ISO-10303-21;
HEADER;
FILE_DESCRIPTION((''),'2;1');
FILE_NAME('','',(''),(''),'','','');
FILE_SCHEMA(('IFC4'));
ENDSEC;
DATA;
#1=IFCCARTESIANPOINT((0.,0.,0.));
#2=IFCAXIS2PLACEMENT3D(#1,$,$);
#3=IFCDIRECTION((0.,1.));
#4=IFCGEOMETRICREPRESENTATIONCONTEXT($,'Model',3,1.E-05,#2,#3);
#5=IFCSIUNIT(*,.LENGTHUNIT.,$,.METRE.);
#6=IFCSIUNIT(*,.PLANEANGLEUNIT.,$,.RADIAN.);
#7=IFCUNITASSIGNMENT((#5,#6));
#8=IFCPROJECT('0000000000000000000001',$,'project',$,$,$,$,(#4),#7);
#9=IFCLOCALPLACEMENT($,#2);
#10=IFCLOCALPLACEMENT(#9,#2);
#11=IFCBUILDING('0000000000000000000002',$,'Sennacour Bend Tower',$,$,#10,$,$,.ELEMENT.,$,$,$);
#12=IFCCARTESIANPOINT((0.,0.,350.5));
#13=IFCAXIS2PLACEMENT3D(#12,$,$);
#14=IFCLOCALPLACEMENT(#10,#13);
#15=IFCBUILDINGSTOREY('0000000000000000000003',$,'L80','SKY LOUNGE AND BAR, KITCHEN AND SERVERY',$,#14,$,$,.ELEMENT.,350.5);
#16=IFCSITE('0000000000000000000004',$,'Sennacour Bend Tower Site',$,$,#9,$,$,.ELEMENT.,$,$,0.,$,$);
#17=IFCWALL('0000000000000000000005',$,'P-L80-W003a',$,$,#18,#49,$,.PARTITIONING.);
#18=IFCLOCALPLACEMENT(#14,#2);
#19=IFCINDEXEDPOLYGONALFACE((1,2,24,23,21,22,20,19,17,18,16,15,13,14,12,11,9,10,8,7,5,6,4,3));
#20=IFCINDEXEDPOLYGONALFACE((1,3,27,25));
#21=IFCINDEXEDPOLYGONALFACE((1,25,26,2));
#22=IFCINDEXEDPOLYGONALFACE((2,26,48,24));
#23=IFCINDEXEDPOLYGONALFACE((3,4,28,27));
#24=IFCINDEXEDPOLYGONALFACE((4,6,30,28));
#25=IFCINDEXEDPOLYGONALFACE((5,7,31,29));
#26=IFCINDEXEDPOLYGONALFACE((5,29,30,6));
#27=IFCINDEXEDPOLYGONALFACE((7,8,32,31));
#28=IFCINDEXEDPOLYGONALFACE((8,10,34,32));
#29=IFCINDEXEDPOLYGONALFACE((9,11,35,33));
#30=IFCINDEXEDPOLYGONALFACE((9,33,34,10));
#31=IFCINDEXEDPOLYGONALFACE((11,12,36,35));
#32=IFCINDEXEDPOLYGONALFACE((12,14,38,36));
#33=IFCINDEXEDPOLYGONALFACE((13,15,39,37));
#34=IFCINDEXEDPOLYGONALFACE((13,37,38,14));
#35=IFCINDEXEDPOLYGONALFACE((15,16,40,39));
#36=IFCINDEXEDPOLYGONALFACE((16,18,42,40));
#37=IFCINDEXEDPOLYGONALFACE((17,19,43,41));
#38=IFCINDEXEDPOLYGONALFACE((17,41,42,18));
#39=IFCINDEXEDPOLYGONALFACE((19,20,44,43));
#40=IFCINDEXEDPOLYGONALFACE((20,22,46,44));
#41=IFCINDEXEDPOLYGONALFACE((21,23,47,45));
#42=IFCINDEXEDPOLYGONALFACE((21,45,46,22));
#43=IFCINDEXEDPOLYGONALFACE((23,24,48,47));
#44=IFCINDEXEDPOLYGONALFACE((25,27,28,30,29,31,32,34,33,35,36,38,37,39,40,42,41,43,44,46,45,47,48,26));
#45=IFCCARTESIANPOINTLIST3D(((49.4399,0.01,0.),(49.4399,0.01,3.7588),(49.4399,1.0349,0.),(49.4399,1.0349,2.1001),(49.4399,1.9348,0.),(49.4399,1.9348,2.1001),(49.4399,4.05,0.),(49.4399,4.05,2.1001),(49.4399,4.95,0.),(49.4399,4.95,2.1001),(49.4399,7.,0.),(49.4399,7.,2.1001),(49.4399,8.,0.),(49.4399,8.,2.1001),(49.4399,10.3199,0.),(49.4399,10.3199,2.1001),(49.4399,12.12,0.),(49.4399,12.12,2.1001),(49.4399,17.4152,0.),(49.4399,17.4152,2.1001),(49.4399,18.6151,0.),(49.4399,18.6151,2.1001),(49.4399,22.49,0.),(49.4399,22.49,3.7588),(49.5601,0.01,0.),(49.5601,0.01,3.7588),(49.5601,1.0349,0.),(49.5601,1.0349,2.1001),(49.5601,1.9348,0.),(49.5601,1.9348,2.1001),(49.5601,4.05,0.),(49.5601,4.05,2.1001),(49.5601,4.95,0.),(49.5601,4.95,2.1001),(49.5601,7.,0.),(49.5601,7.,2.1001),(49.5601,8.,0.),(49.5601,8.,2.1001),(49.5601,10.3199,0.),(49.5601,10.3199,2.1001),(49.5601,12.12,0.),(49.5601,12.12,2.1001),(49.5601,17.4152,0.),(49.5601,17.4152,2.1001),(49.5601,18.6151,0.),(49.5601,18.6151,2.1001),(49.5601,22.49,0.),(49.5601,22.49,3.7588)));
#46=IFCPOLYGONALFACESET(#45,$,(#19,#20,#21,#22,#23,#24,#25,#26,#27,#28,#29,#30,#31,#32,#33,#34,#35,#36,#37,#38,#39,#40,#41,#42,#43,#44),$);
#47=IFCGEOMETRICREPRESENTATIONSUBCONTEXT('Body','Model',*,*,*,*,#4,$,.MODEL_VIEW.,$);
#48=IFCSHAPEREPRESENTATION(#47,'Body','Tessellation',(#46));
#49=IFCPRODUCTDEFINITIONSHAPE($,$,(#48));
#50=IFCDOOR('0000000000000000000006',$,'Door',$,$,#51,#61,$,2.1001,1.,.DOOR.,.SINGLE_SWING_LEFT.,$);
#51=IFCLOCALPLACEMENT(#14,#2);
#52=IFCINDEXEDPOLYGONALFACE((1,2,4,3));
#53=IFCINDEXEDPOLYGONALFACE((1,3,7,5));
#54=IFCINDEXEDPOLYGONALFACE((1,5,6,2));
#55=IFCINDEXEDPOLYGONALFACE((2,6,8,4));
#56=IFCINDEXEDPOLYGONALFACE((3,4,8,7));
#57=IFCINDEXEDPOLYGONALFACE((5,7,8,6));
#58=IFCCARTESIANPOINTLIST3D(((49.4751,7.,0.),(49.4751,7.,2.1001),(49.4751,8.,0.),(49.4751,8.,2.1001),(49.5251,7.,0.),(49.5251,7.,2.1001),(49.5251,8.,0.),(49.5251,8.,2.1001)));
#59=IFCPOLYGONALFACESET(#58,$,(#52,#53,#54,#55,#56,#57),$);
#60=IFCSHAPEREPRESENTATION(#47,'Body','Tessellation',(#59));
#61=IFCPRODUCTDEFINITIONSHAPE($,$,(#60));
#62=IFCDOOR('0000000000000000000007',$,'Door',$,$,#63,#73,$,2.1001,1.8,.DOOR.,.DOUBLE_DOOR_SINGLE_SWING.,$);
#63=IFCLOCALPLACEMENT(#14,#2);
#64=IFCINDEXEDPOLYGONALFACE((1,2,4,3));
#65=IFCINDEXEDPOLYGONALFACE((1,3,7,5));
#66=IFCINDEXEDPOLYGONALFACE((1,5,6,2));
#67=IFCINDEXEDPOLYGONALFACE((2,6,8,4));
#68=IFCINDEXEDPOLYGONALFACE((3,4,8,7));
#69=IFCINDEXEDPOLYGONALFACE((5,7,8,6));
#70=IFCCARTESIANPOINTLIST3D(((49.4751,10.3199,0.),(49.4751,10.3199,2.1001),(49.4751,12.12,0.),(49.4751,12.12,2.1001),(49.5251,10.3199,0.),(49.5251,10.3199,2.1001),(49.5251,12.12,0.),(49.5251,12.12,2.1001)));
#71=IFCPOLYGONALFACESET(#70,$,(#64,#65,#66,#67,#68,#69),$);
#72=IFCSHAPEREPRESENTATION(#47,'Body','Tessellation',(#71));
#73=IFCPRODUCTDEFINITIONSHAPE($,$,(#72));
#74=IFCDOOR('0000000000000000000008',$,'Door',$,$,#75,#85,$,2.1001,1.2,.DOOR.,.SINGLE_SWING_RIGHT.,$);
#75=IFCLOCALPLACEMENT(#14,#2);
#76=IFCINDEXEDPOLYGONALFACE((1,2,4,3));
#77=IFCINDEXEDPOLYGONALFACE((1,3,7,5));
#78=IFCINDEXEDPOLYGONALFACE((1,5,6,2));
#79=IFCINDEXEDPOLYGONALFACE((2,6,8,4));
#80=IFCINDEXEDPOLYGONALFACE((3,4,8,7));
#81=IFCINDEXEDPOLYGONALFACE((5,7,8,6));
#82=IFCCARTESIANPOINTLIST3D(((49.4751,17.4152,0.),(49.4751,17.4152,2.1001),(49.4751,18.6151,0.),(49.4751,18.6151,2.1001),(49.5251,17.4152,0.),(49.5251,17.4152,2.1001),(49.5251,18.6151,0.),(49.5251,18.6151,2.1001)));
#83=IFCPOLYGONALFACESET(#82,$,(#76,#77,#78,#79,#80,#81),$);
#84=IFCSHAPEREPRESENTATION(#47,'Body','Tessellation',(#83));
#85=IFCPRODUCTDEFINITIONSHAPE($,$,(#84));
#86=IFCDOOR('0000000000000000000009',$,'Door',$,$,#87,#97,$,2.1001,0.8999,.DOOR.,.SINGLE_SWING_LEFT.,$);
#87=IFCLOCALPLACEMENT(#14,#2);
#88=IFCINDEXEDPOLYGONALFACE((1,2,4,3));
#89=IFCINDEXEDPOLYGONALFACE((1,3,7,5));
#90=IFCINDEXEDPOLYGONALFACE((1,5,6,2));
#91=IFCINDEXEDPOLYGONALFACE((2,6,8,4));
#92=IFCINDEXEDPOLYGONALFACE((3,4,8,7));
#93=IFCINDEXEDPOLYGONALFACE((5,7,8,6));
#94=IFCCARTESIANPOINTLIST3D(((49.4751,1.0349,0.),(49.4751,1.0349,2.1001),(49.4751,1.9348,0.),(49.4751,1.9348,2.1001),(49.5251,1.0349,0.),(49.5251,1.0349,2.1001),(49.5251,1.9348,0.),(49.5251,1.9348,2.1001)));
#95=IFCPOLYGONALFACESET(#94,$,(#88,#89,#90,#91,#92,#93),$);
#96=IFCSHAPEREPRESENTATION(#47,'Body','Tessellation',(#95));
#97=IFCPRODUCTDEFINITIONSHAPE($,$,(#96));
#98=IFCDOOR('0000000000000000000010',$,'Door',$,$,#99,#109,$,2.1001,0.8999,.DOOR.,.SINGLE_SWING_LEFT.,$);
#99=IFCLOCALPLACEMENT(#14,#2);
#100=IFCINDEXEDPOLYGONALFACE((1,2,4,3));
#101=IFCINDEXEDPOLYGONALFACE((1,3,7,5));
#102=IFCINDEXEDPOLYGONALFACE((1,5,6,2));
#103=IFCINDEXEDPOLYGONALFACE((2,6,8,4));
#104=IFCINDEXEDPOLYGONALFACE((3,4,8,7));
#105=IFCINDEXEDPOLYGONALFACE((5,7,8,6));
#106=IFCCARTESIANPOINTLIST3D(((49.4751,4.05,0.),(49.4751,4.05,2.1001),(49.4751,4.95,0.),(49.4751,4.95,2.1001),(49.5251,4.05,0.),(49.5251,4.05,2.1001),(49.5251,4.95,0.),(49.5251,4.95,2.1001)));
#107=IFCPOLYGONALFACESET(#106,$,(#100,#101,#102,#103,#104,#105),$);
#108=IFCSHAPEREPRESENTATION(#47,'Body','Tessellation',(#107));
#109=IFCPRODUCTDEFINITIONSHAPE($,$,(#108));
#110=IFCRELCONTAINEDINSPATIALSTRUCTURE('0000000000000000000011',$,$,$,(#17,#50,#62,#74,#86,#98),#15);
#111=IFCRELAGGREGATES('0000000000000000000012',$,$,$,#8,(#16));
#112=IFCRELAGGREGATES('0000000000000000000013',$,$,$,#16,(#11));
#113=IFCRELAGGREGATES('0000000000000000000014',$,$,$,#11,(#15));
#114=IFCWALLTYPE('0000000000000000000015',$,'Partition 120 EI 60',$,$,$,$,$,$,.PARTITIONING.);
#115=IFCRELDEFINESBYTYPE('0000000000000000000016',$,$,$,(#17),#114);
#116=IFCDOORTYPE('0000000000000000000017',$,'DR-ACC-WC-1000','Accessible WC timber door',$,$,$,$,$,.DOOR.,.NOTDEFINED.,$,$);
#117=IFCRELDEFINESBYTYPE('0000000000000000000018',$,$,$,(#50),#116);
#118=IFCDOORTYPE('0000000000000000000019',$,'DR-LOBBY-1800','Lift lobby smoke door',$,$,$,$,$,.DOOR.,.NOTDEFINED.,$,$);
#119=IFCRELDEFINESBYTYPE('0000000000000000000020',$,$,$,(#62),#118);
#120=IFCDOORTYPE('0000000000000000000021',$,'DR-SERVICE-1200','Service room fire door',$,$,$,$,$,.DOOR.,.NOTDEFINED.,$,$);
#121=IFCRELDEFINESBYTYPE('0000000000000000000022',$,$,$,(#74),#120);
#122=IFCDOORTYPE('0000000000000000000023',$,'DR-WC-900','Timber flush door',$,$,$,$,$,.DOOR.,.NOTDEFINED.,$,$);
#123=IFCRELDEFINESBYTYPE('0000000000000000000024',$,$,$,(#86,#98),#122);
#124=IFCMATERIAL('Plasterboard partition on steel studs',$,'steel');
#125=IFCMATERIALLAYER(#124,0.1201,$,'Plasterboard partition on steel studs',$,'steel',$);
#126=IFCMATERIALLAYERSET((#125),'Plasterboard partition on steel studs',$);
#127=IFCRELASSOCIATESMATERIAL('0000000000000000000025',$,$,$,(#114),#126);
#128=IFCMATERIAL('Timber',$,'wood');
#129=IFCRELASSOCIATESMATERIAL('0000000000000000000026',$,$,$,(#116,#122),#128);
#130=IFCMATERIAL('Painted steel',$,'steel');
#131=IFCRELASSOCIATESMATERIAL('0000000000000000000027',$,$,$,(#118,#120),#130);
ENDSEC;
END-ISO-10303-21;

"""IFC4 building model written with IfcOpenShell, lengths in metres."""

from ifc_helpers import new_model, si_unit, direction, frame, frame_2d, origin, place, context, subcontext, project, spatial, rectangle, extrude, material, layer, layer_set, type_object, element, fill, save


model = new_model("IFC4")

# Units and contexts
model_context = context("Model", 3, precision=1e-05, world=origin(), true_north=direction((0.0, 1.0)))
body_context = subcontext(model_context, "Body", "Model", "MODEL_VIEW")
ifc_project = project(units=[si_unit("LENGTHUNIT", "METRE"), si_unit("PLANEANGLEUNIT", "RADIAN")], contexts=[model_context])

# Site, building, storey
site_placement = place(None, origin())
site = spatial("IfcSite", under=ifc_project, at=site_placement, Name="Sennacour Bend Tower Site", CompositionType="ELEMENT", RefElevation=0.0)
building_placement = place(site_placement, origin())
building = spatial("IfcBuilding", under=site, at=building_placement, Name="Sennacour Bend Tower", CompositionType="ELEMENT")
storey_placement = place(building_placement, frame((0.0, 0.0, 350.5)))
storey = spatial("IfcBuildingStorey", under=building, at=storey_placement, Name="L80", Description="SKY LOUNGE AND BAR, KITCHEN AND SERVERY", CompositionType="ELEMENT", Elevation=350.5)

# Shared definitions
ifc_material_1 = material(Name="Plasterboard partition on steel studs", Category="steel")

# Wall, openings, doors
ifc_layer_1 = layer(ifc_material_1, 0.1201, Name="Plasterboard partition on steel studs", Category="steel")
ifc_layer_set_1 = layer_set([ifc_layer_1], Name="Plasterboard partition on steel studs")
wall_type_1 = type_object("IfcWallType", Name="Partition 120 EI 60", PredefinedType="PARTITIONING", material=ifc_layer_set_1)
wall_1_placement = place(storey_placement, frame((49.5, 0.01, 0.0), z_axis=(0.0, 0.0, 1.0), x_axis=(0.0, 1.0, 0.0)))
wall_1 = element("IfcWall", 1, at=wall_1_placement, inside=storey, type_object=wall_type_1, Name="P-L80-W003a", PredefinedType="PARTITIONING", context=body_context, shape_type="SweptSolid", body=[
    extrude(rectangle(XDim=22.48, YDim=0.1201, at=frame_2d((11.24, 0.0))), origin(), (0.0, 0.0, 1.0), 3.7588),
])
opening_1_placement = place(wall_1_placement, frame((1.0249, 0.0, 0.0)))
opening_1 = element("IfcOpeningElement", 2, at=opening_1_placement, cuts=wall_1, PredefinedType="OPENING", context=body_context, shape_type="SweptSolid", body=[
    extrude(rectangle(XDim=0.8999, YDim=2.1001, at=frame_2d((0.45, 1.05))), frame((0.0, 0.0701, 0.0), z_axis=(0.0, -1.0, 0.0), x_axis=(1.0, 0.0, 0.0)), (0.0, 0.0, 1.0), 0.1401),
])
opening_2_placement = place(wall_1_placement, frame((4.04, 0.0, 0.0)))
opening_2 = element("IfcOpeningElement", 3, at=opening_2_placement, cuts=wall_1, PredefinedType="OPENING", context=body_context, shape_type="SweptSolid", body=[
    extrude(rectangle(XDim=0.8999, YDim=2.1001, at=frame_2d((0.45, 1.05))), frame((0.0, 0.0701, 0.0), z_axis=(0.0, -1.0, 0.0), x_axis=(1.0, 0.0, 0.0)), (0.0, 0.0, 1.0), 0.1401),
])
opening_3_placement = place(wall_1_placement, frame((6.99, 0.0, 0.0)))
opening_3 = element("IfcOpeningElement", 4, at=opening_3_placement, cuts=wall_1, PredefinedType="OPENING", context=body_context, shape_type="SweptSolid", body=[
    extrude(rectangle(XDim=1.0, YDim=2.1001, at=frame_2d((0.5, 1.05))), frame((0.0, 0.0701, 0.0), z_axis=(0.0, -1.0, 0.0), x_axis=(1.0, 0.0, 0.0)), (0.0, 0.0, 1.0), 0.1401),
])
opening_4_placement = place(wall_1_placement, frame((10.3101, 0.0, 0.0)))
opening_4 = element("IfcOpeningElement", 5, at=opening_4_placement, cuts=wall_1, PredefinedType="OPENING", context=body_context, shape_type="SweptSolid", body=[
    extrude(rectangle(XDim=1.8, YDim=2.1001, at=frame_2d((0.8999, 1.05))), frame((0.0, 0.0701, 0.0), z_axis=(0.0, -1.0, 0.0), x_axis=(1.0, 0.0, 0.0)), (0.0, 0.0, 1.0), 0.1401),
])
opening_5_placement = place(wall_1_placement, frame((17.405, 0.0, 0.0)))
opening_5 = element("IfcOpeningElement", 6, at=opening_5_placement, cuts=wall_1, PredefinedType="OPENING", context=body_context, shape_type="SweptSolid", body=[
    extrude(rectangle(XDim=1.2, YDim=2.1001, at=frame_2d((0.6001, 1.05))), frame((0.0, 0.0701, 0.0), z_axis=(0.0, -1.0, 0.0), x_axis=(1.0, 0.0, 0.0)), (0.0, 0.0, 1.0), 0.1401),
])
ifc_material_2 = material(Name="Timber", Category="wood")
door_type_1 = type_object("IfcDoorType", Name="DR-ACC-WC-1000", Description="Accessible WC timber door", OperationType="NOTDEFINED", PredefinedType="DOOR", material=ifc_material_2)
door_1_placement = place(opening_3_placement, origin())
door_1 = element("IfcDoor", 7, at=door_1_placement, inside=storey, type_object=door_type_1, Name="Door", OperationType="SINGLE_SWING_LEFT", OverallHeight=2.1001, OverallWidth=1.0, PredefinedType="DOOR", context=body_context, shape_type="SweptSolid", body=[
    extrude(rectangle(XDim=1.0, YDim=2.1001, at=frame_2d((0.5, 1.05))), frame((0.0, 0.0249, 0.0), z_axis=(0.0, -1.0, 0.0), x_axis=(1.0, 0.0, 0.0)), (0.0, 0.0, 1.0), 0.05),
])
fill(opening_3, door_1)
ifc_material_3 = material(Name="Painted steel", Category="steel")
door_type_2 = type_object("IfcDoorType", Name="DR-LOBBY-1800", Description="Lift lobby smoke door", OperationType="NOTDEFINED", PredefinedType="DOOR", material=ifc_material_3)
door_2_placement = place(opening_4_placement, origin())
door_2 = element("IfcDoor", 8, at=door_2_placement, inside=storey, type_object=door_type_2, Name="Door", OperationType="DOUBLE_DOOR_SINGLE_SWING", OverallHeight=2.1001, OverallWidth=1.8, PredefinedType="DOOR", context=body_context, shape_type="SweptSolid", body=[
    extrude(rectangle(XDim=1.8, YDim=2.1001, at=frame_2d((0.8999, 1.05))), frame((0.0, 0.0249, 0.0), z_axis=(0.0, -1.0, 0.0), x_axis=(1.0, 0.0, 0.0)), (0.0, 0.0, 1.0), 0.05),
])
fill(opening_4, door_2)
door_type_3 = type_object("IfcDoorType", Name="DR-SERVICE-1200", Description="Service room fire door", OperationType="NOTDEFINED", PredefinedType="DOOR", material=ifc_material_3)
door_3_placement = place(opening_5_placement, origin())
door_3 = element("IfcDoor", 9, at=door_3_placement, inside=storey, type_object=door_type_3, Name="Door", OperationType="SINGLE_SWING_RIGHT", OverallHeight=2.1001, OverallWidth=1.2, PredefinedType="DOOR", context=body_context, shape_type="SweptSolid", body=[
    extrude(rectangle(XDim=1.2, YDim=2.1001, at=frame_2d((0.6001, 1.05))), frame((0.0, 0.0249, 0.0), z_axis=(0.0, -1.0, 0.0), x_axis=(1.0, 0.0, 0.0)), (0.0, 0.0, 1.0), 0.05),
])
fill(opening_5, door_3)
door_type_4 = type_object("IfcDoorType", Name="DR-WC-900", Description="Timber flush door", OperationType="NOTDEFINED", PredefinedType="DOOR", material=ifc_material_2)
door_4_placement = place(opening_1_placement, origin())
door_4 = element("IfcDoor", 10, at=door_4_placement, inside=storey, type_object=door_type_4, Name="Door", OperationType="SINGLE_SWING_LEFT", OverallHeight=2.1001, OverallWidth=0.8999, PredefinedType="DOOR", context=body_context, shape_type="SweptSolid", body=[
    extrude(rectangle(XDim=0.8999, YDim=2.1001, at=frame_2d((0.45, 1.05))), frame((0.0, 0.0249, 0.0), z_axis=(0.0, -1.0, 0.0), x_axis=(1.0, 0.0, 0.0)), (0.0, 0.0, 1.0), 0.05),
])
fill(opening_1, door_4)
door_5_placement = place(opening_2_placement, origin())
door_5 = element("IfcDoor", 11, at=door_5_placement, inside=storey, type_object=door_type_4, Name="Door", OperationType="SINGLE_SWING_LEFT", OverallHeight=2.1001, OverallWidth=0.8999, PredefinedType="DOOR", context=body_context, shape_type="SweptSolid", body=[
    extrude(rectangle(XDim=0.8999, YDim=2.1001, at=frame_2d((0.45, 1.05))), frame((0.0, 0.0249, 0.0), z_axis=(0.0, -1.0, 0.0), x_axis=(1.0, 0.0, 0.0)), (0.0, 0.0, 1.0), 0.05),
])
fill(opening_2, door_5)

save(model, "model.ifc")
